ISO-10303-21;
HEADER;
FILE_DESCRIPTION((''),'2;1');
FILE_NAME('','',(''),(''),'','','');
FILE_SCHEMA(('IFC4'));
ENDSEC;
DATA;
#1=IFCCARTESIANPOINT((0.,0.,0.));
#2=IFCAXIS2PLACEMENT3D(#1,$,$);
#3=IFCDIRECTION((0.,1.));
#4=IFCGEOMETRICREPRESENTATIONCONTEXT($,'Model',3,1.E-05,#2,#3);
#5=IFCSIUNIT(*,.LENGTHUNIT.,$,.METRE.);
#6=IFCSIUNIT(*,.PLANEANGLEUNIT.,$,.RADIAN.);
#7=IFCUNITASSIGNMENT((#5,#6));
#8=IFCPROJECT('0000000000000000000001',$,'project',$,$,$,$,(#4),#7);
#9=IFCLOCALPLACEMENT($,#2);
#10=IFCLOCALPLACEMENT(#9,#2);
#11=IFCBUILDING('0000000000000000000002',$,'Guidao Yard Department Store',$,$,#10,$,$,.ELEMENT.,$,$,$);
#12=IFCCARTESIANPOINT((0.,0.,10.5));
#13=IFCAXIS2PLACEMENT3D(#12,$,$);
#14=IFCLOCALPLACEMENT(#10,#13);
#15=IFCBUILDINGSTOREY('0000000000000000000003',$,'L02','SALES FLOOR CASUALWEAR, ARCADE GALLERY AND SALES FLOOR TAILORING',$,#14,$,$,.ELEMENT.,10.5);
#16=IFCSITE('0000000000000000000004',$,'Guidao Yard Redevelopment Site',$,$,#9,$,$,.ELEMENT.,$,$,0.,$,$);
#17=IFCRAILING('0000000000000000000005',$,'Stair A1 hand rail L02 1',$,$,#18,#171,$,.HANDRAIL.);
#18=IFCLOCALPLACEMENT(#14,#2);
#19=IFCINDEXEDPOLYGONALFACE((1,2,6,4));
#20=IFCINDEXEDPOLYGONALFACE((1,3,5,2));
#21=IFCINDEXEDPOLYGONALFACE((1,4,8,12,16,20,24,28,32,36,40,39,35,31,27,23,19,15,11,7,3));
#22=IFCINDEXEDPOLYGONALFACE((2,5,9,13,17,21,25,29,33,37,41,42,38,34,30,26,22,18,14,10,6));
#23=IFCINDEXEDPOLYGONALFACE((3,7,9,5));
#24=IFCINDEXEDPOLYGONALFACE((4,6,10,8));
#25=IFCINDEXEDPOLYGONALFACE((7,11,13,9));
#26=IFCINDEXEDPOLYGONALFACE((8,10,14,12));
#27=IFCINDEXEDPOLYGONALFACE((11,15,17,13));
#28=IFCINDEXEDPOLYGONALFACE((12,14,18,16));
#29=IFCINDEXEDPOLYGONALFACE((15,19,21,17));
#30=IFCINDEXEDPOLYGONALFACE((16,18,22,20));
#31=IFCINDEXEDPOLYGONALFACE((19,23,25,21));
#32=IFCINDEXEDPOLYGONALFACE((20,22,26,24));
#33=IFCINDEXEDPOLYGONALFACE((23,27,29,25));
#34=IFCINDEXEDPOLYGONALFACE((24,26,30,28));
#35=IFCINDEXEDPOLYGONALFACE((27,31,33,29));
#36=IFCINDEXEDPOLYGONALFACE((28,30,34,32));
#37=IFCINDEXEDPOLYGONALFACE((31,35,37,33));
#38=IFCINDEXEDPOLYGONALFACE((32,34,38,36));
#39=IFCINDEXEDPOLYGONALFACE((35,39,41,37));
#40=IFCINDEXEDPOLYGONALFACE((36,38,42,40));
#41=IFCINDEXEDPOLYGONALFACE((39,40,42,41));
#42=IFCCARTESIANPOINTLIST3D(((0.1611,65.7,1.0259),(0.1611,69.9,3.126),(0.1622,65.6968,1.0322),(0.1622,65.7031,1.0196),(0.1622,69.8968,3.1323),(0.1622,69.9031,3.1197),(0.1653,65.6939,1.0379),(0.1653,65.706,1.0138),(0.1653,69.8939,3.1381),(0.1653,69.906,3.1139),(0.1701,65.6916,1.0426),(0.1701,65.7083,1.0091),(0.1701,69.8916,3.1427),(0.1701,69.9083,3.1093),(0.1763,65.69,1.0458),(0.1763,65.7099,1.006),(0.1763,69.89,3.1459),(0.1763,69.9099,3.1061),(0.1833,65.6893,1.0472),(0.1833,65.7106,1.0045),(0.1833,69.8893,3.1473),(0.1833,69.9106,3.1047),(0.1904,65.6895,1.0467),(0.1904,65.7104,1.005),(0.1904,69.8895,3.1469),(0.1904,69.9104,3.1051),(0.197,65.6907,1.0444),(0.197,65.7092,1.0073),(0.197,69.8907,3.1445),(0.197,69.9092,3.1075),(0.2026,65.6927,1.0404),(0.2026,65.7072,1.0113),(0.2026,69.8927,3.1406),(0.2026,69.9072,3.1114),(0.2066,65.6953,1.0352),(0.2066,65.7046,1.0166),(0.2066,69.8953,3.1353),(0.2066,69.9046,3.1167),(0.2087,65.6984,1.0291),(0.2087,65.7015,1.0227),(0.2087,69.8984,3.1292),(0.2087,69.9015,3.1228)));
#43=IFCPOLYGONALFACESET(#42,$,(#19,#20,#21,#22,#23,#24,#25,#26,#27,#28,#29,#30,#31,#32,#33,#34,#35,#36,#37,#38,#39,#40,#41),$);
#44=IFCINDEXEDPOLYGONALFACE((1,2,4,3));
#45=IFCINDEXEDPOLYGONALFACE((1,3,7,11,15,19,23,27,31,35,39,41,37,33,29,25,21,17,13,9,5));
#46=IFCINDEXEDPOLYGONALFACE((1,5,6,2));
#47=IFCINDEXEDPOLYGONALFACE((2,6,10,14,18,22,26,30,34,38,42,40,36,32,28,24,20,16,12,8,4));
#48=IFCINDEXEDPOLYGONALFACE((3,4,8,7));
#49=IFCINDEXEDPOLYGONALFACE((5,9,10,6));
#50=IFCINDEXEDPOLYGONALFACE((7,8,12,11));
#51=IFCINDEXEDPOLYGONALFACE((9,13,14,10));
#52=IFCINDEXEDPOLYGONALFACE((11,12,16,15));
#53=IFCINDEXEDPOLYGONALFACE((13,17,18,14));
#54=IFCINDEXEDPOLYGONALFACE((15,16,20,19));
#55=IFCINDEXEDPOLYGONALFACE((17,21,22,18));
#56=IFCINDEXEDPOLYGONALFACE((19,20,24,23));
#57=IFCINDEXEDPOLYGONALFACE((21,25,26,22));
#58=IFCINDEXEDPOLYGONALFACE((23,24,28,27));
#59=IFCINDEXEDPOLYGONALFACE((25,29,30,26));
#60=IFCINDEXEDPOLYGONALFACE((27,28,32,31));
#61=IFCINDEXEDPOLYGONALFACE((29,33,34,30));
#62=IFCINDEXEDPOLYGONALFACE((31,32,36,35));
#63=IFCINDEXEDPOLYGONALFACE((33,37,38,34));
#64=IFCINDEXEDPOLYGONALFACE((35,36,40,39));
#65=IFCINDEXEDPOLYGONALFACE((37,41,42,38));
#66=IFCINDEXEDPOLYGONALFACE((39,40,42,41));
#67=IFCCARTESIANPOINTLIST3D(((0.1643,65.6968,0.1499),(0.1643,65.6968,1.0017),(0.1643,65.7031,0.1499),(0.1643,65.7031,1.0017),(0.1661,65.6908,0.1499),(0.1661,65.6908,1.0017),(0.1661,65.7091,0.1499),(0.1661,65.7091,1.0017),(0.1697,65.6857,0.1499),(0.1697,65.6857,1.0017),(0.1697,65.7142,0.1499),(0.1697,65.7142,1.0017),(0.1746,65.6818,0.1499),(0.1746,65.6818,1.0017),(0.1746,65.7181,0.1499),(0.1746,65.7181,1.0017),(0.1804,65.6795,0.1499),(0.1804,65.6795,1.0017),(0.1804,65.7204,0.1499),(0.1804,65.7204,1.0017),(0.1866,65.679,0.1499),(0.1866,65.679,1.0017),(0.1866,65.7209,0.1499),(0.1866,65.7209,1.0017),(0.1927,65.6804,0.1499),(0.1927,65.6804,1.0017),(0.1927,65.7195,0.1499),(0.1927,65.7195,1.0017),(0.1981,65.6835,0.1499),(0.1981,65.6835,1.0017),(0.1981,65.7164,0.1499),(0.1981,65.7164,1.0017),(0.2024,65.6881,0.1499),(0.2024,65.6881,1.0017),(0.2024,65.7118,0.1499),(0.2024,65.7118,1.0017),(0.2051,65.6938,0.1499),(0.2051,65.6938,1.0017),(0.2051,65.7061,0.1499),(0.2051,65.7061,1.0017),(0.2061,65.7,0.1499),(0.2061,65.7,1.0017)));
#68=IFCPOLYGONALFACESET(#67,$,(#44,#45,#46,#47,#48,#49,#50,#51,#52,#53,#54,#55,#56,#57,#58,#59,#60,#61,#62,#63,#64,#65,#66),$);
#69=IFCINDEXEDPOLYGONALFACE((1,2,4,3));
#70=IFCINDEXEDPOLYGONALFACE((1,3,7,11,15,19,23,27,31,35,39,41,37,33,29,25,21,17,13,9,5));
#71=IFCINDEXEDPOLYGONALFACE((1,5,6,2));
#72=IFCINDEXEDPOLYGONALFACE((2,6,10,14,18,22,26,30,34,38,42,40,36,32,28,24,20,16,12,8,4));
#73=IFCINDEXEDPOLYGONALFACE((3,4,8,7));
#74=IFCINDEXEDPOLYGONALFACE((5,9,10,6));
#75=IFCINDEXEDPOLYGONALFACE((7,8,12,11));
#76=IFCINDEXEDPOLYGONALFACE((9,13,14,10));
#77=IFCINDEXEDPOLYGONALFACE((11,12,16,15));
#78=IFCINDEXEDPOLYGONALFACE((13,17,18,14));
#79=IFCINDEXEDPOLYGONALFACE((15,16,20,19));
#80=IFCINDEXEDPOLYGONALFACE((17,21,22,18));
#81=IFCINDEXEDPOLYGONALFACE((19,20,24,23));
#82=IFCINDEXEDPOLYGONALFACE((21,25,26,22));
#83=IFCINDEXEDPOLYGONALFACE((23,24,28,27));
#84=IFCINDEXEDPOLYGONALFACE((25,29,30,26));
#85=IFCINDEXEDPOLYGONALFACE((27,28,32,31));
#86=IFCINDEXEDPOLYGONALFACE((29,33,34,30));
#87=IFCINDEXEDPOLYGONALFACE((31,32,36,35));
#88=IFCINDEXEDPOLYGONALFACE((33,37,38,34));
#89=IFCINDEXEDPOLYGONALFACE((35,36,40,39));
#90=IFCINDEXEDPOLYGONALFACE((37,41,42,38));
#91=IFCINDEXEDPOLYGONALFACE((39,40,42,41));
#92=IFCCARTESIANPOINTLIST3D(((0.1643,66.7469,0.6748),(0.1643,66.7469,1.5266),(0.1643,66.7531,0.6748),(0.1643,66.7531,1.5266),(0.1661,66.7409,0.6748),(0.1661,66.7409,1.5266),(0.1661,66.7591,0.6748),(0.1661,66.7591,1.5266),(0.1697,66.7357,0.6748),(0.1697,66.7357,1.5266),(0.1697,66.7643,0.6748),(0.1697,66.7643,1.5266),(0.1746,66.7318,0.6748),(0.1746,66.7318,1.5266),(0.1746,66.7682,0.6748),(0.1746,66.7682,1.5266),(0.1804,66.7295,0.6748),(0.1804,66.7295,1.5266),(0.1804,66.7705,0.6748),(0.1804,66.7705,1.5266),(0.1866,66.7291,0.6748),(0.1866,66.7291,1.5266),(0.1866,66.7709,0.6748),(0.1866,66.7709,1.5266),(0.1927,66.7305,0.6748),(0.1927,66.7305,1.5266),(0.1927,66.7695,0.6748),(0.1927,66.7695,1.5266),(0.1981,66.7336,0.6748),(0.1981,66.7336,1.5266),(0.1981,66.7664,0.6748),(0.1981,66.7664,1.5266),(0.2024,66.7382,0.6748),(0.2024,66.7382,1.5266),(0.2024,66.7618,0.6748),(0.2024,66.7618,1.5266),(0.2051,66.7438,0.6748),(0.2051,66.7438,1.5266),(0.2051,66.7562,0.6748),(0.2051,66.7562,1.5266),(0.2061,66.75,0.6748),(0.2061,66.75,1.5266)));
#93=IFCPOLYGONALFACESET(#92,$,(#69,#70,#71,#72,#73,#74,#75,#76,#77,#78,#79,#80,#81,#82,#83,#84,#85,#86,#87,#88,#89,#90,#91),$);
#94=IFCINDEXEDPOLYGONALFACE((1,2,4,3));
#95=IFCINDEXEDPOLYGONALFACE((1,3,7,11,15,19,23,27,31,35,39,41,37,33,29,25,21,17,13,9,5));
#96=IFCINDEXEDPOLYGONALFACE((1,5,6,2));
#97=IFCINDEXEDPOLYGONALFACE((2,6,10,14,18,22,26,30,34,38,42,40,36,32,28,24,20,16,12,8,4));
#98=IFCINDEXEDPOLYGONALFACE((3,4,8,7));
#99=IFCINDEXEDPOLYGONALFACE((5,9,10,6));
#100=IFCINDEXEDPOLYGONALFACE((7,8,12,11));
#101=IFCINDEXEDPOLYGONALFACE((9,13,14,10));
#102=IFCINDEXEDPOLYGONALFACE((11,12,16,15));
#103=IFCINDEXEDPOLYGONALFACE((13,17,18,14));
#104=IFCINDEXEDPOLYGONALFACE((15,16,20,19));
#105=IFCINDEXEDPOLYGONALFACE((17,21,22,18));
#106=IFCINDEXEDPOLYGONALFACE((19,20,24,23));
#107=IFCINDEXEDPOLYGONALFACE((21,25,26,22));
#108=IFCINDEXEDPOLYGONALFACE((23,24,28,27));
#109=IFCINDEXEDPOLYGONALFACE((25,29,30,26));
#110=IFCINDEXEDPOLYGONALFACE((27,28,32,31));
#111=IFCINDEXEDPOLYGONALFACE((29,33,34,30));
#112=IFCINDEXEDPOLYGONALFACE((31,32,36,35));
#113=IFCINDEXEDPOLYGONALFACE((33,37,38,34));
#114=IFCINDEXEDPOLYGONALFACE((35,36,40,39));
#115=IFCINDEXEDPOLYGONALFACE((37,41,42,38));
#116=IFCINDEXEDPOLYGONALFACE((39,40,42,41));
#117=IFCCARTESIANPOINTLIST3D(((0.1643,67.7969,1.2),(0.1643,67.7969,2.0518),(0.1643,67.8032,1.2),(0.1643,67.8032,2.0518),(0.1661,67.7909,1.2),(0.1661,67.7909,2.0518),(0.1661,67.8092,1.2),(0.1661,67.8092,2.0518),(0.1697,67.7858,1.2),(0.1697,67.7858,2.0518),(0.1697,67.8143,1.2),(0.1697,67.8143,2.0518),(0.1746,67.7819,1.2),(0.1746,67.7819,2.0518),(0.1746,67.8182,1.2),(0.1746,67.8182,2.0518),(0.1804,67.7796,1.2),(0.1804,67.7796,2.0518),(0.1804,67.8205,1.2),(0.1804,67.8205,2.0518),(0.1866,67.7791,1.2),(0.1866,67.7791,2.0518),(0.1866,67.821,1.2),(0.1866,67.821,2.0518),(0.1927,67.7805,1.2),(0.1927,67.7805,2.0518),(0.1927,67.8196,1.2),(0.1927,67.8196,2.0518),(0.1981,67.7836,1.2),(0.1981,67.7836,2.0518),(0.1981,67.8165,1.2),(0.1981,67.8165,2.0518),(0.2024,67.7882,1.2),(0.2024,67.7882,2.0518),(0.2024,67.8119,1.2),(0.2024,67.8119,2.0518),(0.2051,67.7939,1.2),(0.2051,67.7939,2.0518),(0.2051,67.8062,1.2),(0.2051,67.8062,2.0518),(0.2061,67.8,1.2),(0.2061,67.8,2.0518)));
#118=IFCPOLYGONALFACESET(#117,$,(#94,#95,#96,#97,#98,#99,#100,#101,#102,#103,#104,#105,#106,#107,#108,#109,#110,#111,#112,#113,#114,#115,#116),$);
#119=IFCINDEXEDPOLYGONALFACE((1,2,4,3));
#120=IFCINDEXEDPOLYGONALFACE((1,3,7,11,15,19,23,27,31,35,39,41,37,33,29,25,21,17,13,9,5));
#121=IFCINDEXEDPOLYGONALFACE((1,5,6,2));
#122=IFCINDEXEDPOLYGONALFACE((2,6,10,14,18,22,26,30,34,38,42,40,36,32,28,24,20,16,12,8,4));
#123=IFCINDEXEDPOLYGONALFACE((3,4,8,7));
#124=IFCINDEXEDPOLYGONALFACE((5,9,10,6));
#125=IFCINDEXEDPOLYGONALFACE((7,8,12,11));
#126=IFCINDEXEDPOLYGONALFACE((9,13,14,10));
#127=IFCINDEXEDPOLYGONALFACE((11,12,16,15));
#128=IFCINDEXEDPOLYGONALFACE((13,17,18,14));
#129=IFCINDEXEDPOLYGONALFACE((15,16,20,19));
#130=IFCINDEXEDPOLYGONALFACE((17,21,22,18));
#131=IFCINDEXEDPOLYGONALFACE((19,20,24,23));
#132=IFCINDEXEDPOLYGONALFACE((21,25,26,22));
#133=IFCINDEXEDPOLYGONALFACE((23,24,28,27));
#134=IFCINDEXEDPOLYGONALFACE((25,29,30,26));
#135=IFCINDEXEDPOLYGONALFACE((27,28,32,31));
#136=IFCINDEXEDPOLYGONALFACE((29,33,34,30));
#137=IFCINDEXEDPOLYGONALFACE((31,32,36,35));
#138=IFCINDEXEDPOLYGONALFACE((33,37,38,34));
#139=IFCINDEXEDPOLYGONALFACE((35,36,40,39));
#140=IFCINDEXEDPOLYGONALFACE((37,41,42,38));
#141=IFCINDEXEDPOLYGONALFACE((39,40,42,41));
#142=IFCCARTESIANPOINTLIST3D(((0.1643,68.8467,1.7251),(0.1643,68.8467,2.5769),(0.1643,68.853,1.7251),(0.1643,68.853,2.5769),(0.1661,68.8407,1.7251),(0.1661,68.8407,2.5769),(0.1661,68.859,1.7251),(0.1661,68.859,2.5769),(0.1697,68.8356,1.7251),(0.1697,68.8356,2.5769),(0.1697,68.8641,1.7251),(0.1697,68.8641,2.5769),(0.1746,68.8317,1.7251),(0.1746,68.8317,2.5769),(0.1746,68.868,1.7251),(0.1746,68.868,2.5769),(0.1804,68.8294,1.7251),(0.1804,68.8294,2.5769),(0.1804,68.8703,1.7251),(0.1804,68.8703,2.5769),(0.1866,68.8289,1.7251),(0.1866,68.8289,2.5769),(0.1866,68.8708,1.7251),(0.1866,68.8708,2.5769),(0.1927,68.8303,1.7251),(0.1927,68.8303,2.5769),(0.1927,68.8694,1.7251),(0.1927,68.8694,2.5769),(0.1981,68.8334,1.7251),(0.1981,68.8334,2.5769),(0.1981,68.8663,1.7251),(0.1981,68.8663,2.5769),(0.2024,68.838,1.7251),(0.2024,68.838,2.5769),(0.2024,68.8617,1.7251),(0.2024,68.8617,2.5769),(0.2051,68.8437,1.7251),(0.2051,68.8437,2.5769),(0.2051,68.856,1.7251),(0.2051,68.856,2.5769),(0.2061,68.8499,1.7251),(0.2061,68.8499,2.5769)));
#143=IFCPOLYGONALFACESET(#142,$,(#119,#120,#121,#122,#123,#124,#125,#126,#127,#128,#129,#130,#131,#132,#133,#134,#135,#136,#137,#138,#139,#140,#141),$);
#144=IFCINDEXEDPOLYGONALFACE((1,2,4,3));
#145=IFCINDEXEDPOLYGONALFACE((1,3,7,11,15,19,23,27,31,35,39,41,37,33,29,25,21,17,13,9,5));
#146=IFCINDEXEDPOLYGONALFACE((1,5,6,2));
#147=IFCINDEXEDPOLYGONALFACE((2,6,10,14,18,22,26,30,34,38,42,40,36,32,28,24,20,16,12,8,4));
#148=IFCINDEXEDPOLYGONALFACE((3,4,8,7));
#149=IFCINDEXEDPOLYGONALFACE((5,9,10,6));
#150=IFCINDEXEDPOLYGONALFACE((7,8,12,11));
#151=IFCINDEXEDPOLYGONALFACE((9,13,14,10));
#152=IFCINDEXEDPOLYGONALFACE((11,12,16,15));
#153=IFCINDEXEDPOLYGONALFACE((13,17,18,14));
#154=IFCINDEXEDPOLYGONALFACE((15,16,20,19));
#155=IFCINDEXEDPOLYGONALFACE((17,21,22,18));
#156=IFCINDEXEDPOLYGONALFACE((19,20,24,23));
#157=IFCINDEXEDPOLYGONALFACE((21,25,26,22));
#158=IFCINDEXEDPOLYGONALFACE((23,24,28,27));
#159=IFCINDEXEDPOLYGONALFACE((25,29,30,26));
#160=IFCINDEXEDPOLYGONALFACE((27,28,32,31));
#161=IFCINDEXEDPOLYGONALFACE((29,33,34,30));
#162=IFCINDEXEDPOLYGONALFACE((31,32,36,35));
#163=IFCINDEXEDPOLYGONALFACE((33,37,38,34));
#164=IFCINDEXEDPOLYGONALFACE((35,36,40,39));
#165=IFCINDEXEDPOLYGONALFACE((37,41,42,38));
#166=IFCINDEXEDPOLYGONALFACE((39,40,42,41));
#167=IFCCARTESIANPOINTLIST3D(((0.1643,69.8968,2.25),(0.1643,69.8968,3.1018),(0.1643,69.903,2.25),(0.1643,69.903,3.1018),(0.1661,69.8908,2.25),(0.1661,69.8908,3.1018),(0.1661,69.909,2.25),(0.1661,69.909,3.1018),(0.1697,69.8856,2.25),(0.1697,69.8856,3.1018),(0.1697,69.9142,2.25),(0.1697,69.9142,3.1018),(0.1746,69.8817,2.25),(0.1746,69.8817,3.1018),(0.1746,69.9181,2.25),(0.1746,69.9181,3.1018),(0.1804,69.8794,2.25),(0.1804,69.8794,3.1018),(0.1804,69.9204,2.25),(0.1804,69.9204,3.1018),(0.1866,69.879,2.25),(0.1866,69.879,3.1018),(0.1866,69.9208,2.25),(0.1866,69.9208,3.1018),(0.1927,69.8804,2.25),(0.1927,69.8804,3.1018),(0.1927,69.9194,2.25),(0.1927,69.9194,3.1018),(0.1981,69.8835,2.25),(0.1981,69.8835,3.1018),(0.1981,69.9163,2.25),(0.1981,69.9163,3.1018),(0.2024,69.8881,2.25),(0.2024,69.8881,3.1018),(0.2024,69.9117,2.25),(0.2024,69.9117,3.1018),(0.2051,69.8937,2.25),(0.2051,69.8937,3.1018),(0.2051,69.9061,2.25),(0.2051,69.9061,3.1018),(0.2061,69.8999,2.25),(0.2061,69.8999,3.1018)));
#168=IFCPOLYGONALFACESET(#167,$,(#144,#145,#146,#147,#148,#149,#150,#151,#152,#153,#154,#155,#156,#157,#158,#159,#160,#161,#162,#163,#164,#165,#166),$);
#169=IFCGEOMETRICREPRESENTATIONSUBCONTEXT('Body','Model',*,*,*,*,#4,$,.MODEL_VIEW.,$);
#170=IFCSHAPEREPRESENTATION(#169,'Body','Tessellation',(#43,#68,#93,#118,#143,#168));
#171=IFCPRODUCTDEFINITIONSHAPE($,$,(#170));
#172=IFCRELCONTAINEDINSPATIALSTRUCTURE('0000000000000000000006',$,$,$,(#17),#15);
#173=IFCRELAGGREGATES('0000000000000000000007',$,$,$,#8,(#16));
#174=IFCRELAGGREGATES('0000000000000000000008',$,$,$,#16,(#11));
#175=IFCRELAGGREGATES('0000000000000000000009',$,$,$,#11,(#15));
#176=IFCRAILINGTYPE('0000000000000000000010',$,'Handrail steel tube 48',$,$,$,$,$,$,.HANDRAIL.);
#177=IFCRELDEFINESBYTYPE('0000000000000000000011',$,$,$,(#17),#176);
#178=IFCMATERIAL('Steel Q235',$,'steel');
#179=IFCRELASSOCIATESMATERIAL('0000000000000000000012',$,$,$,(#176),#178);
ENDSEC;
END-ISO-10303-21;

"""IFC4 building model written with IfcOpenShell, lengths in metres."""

from ifc_helpers import new_model, si_unit, direction, frame, origin, origin_2d, place, context, subcontext, project, spatial, circle, extrude, material, type_object, element, save


model = new_model("IFC4")

# Units and contexts
model_context = context("Model", 3, precision=1e-05, world=origin(), true_north=direction((0.0, 1.0)))
body_context = subcontext(model_context, "Body", "Model", "MODEL_VIEW")
ifc_project = project(units=[si_unit("LENGTHUNIT", "METRE"), si_unit("PLANEANGLEUNIT", "RADIAN")], contexts=[model_context])

# Site, building, storey
site_placement = place(None, origin())
site = spatial("IfcSite", under=ifc_project, at=site_placement, Name="Guidao Yard Redevelopment Site", CompositionType="ELEMENT", RefElevation=0.0)
building_placement = place(site_placement, origin())
building = spatial("IfcBuilding", under=site, at=building_placement, Name="Guidao Yard Department Store", CompositionType="ELEMENT")
storey_placement = place(building_placement, frame((0.0, 0.0, 10.5)))
storey = spatial("IfcBuildingStorey", under=building, at=storey_placement, Name="L02", Description="SALES FLOOR CASUALWEAR, ARCADE GALLERY AND SALES FLOOR TAILORING", CompositionType="ELEMENT", Elevation=10.5)

# Railing
ifc_material_1 = material(Name="Steel Q235", Category="steel")
railing_type_1 = type_object("IfcRailingType", Name="Handrail steel tube 48", PredefinedType="HANDRAIL", material=ifc_material_1)
for number, where, name in (
    (1, (0.1851, 65.7, 0.1499), "Stair A1 hand rail L02 1"),
):
    element("IfcRailing", number, at=place(storey_placement, frame(where)), inside=storey, type_object=railing_type_1, Name=name, PredefinedType="HANDRAIL", context=body_context, shape_type="SweptSolid", body=[
        extrude(circle(Radius=0.0239, at=origin_2d()), frame((0.0, 0.0, 0.876), z_axis=(0.0, 0.894417, 0.447234), x_axis=(-1.0, 0.0, 0.0)), (0.0, 0.0, 1.0), 4.6958),
        extrude(circle(Radius=0.021, at=origin_2d()), origin(), (0.0, 0.0, 1.0), 0.8518),
        extrude(circle(Radius=0.021, at=origin_2d()), frame((0.0, 1.05, 0.5249)), (0.0, 0.0, 1.0), 0.8518),
        extrude(circle(Radius=0.021, at=origin_2d()), frame((0.0, 2.1001, 1.05)), (0.0, 0.0, 1.0), 0.8518),
        extrude(circle(Radius=0.021, at=origin_2d()), frame((0.0, 3.1499, 1.5752)), (0.0, 0.0, 1.0), 0.8518),
        extrude(circle(Radius=0.021, at=origin_2d()), frame((0.0, 4.2, 2.1001)), (0.0, 0.0, 1.0), 0.8518),
    ])

save(model, "model.ifc")
